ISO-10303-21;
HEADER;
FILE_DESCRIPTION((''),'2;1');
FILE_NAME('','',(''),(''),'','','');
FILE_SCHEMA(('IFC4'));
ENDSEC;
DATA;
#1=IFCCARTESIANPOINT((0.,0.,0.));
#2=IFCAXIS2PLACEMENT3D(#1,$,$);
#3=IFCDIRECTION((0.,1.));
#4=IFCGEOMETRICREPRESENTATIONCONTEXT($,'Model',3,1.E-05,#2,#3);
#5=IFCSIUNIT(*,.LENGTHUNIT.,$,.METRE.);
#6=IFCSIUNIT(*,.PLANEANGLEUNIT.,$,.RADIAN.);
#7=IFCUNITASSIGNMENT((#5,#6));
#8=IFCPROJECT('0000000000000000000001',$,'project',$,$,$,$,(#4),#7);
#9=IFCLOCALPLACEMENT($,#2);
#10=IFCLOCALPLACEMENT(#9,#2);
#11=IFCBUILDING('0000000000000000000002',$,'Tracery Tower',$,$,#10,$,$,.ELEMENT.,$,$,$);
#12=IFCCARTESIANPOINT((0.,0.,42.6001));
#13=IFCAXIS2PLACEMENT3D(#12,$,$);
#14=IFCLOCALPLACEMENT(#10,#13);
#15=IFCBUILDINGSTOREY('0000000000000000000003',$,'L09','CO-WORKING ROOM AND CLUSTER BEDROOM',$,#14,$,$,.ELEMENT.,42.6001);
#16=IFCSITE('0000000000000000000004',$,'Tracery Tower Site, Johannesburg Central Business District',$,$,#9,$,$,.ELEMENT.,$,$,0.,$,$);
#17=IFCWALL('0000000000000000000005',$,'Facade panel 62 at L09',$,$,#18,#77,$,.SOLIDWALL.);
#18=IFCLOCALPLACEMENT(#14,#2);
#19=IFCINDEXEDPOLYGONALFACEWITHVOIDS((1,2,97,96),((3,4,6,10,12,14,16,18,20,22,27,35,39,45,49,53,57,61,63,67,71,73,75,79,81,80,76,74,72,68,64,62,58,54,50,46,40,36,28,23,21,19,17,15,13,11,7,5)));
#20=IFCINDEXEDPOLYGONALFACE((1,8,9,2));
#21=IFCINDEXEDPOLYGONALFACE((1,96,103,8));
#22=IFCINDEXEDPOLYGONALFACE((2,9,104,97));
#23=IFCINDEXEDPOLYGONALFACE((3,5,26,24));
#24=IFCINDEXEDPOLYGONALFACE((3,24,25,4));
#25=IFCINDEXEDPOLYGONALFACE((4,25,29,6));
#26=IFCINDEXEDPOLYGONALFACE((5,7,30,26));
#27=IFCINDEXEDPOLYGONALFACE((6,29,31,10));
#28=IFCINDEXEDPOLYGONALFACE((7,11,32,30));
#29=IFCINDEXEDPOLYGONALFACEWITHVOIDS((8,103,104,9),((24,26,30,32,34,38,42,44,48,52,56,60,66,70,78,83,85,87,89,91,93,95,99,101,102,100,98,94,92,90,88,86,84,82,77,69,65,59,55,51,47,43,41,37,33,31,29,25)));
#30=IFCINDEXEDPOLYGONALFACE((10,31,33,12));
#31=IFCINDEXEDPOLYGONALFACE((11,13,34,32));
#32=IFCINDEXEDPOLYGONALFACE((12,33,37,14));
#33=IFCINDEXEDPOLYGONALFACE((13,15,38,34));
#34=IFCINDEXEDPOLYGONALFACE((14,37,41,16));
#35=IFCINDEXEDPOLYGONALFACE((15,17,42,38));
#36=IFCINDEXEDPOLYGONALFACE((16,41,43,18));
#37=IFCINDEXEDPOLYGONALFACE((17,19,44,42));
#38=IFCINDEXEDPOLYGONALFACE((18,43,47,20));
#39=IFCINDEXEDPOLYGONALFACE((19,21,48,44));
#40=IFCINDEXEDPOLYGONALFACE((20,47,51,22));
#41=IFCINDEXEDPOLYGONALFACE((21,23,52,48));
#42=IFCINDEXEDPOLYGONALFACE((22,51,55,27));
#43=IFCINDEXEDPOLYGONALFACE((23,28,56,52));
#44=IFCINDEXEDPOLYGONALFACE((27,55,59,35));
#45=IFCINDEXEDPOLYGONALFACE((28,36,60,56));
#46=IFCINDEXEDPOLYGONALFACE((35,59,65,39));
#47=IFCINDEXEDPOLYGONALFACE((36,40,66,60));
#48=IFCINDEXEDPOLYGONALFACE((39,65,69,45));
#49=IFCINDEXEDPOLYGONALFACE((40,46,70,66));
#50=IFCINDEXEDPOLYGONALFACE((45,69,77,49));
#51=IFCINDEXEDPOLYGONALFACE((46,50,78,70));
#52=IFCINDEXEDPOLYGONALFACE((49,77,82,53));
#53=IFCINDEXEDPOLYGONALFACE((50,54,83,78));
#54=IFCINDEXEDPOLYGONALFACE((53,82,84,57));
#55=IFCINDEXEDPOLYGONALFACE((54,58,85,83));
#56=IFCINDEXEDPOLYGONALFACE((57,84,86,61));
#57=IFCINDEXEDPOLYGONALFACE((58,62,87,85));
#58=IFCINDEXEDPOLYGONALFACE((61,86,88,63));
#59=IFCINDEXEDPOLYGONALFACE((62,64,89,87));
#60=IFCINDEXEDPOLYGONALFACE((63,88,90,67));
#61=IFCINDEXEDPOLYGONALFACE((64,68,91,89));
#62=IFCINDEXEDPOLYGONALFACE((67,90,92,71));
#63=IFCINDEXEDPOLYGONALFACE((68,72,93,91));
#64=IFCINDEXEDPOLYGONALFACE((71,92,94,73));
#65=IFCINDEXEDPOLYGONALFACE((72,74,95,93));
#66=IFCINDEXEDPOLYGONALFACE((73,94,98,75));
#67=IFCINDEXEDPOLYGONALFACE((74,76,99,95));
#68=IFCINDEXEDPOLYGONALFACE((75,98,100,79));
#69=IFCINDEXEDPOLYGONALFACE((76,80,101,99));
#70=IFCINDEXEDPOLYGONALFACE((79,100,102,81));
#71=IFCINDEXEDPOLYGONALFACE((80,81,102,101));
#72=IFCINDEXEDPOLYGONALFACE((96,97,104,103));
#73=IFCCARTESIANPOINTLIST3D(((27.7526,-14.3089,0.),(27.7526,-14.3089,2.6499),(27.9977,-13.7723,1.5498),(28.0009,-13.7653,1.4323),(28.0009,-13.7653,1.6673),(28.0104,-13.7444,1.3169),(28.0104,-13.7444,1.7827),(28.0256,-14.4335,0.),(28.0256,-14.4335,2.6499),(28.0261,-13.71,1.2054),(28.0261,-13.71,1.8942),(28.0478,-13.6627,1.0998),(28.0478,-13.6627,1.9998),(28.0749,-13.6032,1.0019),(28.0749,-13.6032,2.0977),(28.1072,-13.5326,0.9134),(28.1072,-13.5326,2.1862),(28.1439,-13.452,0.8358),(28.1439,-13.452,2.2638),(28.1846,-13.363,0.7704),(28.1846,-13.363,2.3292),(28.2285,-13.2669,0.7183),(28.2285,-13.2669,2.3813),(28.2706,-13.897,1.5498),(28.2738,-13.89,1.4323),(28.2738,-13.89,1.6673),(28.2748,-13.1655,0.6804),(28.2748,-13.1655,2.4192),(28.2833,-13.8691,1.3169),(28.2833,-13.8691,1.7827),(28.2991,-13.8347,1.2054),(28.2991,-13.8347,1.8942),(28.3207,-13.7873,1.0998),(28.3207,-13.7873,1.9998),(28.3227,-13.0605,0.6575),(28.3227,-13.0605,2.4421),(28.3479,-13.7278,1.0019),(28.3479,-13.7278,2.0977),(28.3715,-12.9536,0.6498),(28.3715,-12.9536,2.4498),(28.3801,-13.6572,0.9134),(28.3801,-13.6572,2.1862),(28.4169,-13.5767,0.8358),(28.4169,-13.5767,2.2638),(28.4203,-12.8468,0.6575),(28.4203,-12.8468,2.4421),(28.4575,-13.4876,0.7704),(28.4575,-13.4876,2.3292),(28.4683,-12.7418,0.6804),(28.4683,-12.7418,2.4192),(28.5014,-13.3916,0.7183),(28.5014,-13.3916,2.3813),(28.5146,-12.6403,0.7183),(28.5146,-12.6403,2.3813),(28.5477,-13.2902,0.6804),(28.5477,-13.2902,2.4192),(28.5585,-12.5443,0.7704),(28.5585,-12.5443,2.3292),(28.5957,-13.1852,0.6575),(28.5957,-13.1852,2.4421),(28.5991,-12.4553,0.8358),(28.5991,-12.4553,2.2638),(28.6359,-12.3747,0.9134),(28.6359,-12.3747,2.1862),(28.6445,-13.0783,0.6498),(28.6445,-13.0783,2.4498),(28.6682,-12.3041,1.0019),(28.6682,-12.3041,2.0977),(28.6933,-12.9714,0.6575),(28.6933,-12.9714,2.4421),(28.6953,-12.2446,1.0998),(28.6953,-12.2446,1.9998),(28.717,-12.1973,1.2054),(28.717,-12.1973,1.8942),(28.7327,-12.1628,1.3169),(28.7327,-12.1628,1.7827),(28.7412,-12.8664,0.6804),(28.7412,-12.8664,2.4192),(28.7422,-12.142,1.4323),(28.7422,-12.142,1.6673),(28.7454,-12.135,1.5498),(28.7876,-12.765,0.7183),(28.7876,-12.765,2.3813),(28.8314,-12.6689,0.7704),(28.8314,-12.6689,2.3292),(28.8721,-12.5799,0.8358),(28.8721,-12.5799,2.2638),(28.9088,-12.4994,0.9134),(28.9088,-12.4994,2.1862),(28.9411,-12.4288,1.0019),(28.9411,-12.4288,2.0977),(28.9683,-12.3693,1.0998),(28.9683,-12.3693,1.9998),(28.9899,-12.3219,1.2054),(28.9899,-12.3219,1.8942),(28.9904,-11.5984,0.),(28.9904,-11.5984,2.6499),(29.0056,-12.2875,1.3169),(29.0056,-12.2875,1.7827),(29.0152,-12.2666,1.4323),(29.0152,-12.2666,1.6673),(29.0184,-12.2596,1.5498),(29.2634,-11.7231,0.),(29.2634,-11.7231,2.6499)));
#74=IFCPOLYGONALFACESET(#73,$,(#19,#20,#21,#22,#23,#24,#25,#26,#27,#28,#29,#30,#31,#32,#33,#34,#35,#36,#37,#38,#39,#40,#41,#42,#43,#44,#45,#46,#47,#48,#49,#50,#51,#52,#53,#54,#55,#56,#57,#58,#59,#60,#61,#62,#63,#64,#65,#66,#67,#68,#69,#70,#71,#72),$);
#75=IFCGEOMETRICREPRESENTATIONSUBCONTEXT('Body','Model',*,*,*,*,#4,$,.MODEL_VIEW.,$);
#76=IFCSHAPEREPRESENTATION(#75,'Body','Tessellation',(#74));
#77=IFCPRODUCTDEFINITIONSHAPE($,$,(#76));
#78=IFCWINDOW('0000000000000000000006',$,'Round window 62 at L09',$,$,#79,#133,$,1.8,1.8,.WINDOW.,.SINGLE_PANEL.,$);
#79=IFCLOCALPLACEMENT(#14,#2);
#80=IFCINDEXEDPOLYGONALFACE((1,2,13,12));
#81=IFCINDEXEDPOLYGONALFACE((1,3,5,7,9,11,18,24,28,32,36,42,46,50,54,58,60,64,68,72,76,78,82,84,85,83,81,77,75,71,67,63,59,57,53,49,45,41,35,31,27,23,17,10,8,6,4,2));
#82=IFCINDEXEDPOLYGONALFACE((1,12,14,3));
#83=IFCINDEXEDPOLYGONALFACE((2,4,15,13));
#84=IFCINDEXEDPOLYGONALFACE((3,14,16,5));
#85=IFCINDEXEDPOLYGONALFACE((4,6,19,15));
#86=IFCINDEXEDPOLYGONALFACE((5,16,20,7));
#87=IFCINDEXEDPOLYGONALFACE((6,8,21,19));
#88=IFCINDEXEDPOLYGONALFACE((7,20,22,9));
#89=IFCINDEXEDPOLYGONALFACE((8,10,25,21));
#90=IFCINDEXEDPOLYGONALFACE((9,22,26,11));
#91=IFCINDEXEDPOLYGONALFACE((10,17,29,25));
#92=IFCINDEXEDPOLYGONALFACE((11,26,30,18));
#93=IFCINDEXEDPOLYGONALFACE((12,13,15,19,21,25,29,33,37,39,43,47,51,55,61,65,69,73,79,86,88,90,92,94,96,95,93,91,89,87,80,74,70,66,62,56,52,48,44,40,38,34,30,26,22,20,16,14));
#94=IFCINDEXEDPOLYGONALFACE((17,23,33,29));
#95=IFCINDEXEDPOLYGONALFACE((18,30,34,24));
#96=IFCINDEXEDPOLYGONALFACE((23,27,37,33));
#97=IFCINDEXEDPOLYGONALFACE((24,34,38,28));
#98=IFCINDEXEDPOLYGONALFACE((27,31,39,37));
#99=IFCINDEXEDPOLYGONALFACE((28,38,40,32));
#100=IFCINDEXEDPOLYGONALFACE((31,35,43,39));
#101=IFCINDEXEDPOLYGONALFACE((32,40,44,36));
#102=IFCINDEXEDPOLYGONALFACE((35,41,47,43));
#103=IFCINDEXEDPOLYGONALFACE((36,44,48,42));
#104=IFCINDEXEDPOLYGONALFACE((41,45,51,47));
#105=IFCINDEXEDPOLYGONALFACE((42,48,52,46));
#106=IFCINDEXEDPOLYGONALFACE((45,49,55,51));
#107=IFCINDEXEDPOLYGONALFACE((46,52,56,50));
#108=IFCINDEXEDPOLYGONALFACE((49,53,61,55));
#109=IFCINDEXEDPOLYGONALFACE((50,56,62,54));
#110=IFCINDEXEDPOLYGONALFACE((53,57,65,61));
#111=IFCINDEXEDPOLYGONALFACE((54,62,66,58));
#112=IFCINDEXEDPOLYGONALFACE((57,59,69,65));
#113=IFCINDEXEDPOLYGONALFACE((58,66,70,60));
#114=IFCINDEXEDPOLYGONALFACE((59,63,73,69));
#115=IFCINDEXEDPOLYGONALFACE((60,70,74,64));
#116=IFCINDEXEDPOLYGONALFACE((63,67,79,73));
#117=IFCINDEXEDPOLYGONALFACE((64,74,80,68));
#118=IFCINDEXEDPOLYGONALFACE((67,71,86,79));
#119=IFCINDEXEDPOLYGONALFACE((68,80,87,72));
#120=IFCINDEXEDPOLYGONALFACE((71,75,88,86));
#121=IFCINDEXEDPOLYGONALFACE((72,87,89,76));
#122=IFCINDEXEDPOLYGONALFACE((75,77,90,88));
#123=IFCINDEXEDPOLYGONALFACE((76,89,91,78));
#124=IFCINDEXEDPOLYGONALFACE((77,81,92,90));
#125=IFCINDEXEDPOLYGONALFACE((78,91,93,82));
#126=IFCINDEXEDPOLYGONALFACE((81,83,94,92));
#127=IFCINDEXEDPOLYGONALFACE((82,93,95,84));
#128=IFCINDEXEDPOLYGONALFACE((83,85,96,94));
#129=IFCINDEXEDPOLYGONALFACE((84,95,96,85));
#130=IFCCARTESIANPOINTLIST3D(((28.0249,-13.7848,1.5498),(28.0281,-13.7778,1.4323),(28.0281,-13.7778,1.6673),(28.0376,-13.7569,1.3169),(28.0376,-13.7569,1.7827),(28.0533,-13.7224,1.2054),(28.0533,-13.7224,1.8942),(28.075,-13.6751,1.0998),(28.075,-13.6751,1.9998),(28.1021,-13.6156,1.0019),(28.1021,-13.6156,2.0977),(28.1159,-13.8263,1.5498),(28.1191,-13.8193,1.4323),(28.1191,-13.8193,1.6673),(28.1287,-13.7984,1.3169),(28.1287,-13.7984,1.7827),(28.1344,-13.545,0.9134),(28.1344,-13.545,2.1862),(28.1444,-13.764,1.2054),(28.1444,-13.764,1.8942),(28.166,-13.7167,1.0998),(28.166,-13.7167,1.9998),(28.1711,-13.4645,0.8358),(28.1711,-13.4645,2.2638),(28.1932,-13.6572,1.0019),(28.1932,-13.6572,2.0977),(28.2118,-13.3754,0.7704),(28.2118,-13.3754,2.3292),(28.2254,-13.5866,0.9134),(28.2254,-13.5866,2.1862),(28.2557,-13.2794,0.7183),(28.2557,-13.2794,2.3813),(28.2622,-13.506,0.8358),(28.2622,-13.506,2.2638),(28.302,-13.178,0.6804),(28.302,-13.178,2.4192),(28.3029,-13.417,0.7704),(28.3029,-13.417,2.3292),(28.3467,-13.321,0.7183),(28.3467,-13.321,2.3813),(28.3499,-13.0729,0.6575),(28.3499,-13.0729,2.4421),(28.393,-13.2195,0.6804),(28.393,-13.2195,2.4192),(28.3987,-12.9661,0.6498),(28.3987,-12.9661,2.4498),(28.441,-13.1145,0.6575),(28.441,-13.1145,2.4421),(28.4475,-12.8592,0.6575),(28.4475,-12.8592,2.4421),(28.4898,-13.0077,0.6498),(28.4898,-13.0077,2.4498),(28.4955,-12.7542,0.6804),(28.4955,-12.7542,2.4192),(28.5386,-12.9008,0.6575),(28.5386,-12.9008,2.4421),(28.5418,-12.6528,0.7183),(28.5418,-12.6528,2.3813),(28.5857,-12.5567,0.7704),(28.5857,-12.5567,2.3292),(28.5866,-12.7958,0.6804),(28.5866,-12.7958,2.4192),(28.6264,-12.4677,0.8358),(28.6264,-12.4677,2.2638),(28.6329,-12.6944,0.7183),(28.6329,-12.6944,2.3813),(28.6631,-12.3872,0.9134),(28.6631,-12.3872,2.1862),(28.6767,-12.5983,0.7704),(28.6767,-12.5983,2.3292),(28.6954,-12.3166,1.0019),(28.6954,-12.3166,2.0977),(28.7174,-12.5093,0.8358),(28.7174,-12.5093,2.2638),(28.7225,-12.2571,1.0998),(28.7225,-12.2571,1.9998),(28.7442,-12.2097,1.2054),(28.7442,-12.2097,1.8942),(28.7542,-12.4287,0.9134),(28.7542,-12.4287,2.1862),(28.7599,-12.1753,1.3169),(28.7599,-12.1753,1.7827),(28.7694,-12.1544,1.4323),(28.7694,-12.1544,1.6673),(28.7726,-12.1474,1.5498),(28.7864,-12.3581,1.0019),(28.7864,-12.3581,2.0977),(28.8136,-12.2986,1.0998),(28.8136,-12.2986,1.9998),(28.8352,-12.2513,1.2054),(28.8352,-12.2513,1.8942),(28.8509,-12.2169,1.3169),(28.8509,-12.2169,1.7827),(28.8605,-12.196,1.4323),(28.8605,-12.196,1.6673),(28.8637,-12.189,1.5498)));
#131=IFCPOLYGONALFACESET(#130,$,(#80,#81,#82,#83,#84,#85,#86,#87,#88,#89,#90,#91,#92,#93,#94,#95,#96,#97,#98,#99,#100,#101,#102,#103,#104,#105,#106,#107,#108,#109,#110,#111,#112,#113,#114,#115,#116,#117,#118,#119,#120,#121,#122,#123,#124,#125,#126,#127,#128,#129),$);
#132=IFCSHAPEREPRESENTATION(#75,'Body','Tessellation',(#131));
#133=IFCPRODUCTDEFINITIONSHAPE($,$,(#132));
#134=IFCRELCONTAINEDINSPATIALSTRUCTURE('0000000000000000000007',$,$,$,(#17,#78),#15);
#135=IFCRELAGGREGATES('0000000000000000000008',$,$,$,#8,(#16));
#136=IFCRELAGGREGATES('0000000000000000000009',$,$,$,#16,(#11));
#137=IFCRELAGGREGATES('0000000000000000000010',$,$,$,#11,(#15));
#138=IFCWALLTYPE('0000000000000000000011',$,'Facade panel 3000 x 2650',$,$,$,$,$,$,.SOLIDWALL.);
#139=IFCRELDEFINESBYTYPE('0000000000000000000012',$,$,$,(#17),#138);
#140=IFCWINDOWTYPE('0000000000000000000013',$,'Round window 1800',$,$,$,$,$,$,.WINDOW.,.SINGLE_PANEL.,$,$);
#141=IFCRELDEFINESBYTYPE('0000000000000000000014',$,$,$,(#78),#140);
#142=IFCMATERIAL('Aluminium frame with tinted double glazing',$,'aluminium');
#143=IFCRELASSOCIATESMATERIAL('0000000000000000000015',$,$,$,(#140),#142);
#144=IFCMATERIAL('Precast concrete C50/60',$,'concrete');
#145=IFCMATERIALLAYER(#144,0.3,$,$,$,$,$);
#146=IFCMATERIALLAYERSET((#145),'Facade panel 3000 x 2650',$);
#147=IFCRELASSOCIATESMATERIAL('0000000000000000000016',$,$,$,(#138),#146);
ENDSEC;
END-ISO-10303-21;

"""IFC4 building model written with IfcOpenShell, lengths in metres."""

from ifc_helpers import new_model, si_unit, direction, frame, frame_2d, origin, origin_2d, place, context, subcontext, project, spatial, rectangle, circle, extrude, material, layer, layer_set, type_object, element, fill, save


model = new_model("IFC4")

# Units and contexts
model_context = context("Model", 3, precision=1e-05, world=origin(), true_north=direction((0.0, 1.0)))
body_context = subcontext(model_context, "Body", "Model", "MODEL_VIEW")
ifc_project = project(units=[si_unit("LENGTHUNIT", "METRE"), si_unit("PLANEANGLEUNIT", "RADIAN")], contexts=[model_context])

# Site, building, storey
site_placement = place(None, origin())
site = spatial("IfcSite", under=ifc_project, at=site_placement, Name="Tracery Tower Site, Johannesburg Central Business District", CompositionType="ELEMENT", RefElevation=0.0)
building_placement = place(site_placement, origin())
building = spatial("IfcBuilding", under=site, at=building_placement, Name="Tracery Tower", CompositionType="ELEMENT")
storey_placement = place(building_placement, frame((0.0, 0.0, 42.6001)))
storey = spatial("IfcBuildingStorey", under=building, at=storey_placement, Name="L09", Description="CO-WORKING ROOM AND CLUSTER BEDROOM", CompositionType="ELEMENT", Elevation=42.6001)

# Wall, opening, window
ifc_material_1 = material(Name="Aluminium frame with tinted double glazing", Category="aluminium")
window_type = type_object("IfcWindowType", Name="Round window 1800", PartitioningType="SINGLE_PANEL", PredefinedType="WINDOW", material=ifc_material_1)
ifc_material_2 = material(Name="Precast concrete C50/60", Category="concrete")
ifc_layer_1 = layer(ifc_material_2, 0.3)
ifc_layer_set_1 = layer_set([ifc_layer_1], Name="Facade panel 3000 x 2650")
wall_type_1 = type_object("IfcWallType", Name="Facade panel 3000 x 2650", PredefinedType="SOLIDWALL", material=ifc_layer_set_1)
wall_1_placement = place(storey_placement, frame((27.8892, -14.3711, 0.0), z_axis=(0.0, 0.0, 1.0), x_axis=(0.415407, 0.909636, 0.0)))
wall_1 = element("IfcWall", 1, at=wall_1_placement, inside=storey, type_object=wall_type_1, Name="Facade panel 62 at L09", PredefinedType="SOLIDWALL", context=body_context, shape_type="SweptSolid", body=[
    extrude(rectangle(XDim=2.9797, YDim=0.3, at=frame_2d((1.4897, 0.0))), origin(), (0.0, 0.0, 1.0), 2.6499),
])
opening_1_placement = place(wall_1_placement, frame((1.4897, 0.0, 1.5498)))
opening_1 = element("IfcOpeningElement", 2, at=opening_1_placement, cuts=wall_1, PredefinedType="OPENING", context=body_context, shape_type="SweptSolid", body=[
    extrude(circle(Radius=0.9, at=origin_2d()), frame((0.0, 0.1599, 0.0), z_axis=(0.0, -1.0, 0.0), x_axis=(1.0, 0.0, 0.0)), (0.0, 0.0, 1.0), 0.3201),
])
window_1_placement = place(opening_1_placement, origin())
window_1 = element("IfcWindow", 3, at=window_1_placement, inside=storey, type_object=window_type, Name="Round window 62 at L09", OverallHeight=1.8, OverallWidth=1.8, PartitioningType="SINGLE_PANEL", PredefinedType="WINDOW", context=body_context, shape_type="SweptSolid", body=[
    extrude(circle(Radius=0.9, at=origin_2d()), frame((0.0, 0.1201, 0.0), z_axis=(0.0, -1.0, 0.0), x_axis=(1.0, 0.0, 0.0)), (0.0, 0.0, 1.0), 0.1001),
])
fill(opening_1, window_1)

save(model, "model.ifc")
